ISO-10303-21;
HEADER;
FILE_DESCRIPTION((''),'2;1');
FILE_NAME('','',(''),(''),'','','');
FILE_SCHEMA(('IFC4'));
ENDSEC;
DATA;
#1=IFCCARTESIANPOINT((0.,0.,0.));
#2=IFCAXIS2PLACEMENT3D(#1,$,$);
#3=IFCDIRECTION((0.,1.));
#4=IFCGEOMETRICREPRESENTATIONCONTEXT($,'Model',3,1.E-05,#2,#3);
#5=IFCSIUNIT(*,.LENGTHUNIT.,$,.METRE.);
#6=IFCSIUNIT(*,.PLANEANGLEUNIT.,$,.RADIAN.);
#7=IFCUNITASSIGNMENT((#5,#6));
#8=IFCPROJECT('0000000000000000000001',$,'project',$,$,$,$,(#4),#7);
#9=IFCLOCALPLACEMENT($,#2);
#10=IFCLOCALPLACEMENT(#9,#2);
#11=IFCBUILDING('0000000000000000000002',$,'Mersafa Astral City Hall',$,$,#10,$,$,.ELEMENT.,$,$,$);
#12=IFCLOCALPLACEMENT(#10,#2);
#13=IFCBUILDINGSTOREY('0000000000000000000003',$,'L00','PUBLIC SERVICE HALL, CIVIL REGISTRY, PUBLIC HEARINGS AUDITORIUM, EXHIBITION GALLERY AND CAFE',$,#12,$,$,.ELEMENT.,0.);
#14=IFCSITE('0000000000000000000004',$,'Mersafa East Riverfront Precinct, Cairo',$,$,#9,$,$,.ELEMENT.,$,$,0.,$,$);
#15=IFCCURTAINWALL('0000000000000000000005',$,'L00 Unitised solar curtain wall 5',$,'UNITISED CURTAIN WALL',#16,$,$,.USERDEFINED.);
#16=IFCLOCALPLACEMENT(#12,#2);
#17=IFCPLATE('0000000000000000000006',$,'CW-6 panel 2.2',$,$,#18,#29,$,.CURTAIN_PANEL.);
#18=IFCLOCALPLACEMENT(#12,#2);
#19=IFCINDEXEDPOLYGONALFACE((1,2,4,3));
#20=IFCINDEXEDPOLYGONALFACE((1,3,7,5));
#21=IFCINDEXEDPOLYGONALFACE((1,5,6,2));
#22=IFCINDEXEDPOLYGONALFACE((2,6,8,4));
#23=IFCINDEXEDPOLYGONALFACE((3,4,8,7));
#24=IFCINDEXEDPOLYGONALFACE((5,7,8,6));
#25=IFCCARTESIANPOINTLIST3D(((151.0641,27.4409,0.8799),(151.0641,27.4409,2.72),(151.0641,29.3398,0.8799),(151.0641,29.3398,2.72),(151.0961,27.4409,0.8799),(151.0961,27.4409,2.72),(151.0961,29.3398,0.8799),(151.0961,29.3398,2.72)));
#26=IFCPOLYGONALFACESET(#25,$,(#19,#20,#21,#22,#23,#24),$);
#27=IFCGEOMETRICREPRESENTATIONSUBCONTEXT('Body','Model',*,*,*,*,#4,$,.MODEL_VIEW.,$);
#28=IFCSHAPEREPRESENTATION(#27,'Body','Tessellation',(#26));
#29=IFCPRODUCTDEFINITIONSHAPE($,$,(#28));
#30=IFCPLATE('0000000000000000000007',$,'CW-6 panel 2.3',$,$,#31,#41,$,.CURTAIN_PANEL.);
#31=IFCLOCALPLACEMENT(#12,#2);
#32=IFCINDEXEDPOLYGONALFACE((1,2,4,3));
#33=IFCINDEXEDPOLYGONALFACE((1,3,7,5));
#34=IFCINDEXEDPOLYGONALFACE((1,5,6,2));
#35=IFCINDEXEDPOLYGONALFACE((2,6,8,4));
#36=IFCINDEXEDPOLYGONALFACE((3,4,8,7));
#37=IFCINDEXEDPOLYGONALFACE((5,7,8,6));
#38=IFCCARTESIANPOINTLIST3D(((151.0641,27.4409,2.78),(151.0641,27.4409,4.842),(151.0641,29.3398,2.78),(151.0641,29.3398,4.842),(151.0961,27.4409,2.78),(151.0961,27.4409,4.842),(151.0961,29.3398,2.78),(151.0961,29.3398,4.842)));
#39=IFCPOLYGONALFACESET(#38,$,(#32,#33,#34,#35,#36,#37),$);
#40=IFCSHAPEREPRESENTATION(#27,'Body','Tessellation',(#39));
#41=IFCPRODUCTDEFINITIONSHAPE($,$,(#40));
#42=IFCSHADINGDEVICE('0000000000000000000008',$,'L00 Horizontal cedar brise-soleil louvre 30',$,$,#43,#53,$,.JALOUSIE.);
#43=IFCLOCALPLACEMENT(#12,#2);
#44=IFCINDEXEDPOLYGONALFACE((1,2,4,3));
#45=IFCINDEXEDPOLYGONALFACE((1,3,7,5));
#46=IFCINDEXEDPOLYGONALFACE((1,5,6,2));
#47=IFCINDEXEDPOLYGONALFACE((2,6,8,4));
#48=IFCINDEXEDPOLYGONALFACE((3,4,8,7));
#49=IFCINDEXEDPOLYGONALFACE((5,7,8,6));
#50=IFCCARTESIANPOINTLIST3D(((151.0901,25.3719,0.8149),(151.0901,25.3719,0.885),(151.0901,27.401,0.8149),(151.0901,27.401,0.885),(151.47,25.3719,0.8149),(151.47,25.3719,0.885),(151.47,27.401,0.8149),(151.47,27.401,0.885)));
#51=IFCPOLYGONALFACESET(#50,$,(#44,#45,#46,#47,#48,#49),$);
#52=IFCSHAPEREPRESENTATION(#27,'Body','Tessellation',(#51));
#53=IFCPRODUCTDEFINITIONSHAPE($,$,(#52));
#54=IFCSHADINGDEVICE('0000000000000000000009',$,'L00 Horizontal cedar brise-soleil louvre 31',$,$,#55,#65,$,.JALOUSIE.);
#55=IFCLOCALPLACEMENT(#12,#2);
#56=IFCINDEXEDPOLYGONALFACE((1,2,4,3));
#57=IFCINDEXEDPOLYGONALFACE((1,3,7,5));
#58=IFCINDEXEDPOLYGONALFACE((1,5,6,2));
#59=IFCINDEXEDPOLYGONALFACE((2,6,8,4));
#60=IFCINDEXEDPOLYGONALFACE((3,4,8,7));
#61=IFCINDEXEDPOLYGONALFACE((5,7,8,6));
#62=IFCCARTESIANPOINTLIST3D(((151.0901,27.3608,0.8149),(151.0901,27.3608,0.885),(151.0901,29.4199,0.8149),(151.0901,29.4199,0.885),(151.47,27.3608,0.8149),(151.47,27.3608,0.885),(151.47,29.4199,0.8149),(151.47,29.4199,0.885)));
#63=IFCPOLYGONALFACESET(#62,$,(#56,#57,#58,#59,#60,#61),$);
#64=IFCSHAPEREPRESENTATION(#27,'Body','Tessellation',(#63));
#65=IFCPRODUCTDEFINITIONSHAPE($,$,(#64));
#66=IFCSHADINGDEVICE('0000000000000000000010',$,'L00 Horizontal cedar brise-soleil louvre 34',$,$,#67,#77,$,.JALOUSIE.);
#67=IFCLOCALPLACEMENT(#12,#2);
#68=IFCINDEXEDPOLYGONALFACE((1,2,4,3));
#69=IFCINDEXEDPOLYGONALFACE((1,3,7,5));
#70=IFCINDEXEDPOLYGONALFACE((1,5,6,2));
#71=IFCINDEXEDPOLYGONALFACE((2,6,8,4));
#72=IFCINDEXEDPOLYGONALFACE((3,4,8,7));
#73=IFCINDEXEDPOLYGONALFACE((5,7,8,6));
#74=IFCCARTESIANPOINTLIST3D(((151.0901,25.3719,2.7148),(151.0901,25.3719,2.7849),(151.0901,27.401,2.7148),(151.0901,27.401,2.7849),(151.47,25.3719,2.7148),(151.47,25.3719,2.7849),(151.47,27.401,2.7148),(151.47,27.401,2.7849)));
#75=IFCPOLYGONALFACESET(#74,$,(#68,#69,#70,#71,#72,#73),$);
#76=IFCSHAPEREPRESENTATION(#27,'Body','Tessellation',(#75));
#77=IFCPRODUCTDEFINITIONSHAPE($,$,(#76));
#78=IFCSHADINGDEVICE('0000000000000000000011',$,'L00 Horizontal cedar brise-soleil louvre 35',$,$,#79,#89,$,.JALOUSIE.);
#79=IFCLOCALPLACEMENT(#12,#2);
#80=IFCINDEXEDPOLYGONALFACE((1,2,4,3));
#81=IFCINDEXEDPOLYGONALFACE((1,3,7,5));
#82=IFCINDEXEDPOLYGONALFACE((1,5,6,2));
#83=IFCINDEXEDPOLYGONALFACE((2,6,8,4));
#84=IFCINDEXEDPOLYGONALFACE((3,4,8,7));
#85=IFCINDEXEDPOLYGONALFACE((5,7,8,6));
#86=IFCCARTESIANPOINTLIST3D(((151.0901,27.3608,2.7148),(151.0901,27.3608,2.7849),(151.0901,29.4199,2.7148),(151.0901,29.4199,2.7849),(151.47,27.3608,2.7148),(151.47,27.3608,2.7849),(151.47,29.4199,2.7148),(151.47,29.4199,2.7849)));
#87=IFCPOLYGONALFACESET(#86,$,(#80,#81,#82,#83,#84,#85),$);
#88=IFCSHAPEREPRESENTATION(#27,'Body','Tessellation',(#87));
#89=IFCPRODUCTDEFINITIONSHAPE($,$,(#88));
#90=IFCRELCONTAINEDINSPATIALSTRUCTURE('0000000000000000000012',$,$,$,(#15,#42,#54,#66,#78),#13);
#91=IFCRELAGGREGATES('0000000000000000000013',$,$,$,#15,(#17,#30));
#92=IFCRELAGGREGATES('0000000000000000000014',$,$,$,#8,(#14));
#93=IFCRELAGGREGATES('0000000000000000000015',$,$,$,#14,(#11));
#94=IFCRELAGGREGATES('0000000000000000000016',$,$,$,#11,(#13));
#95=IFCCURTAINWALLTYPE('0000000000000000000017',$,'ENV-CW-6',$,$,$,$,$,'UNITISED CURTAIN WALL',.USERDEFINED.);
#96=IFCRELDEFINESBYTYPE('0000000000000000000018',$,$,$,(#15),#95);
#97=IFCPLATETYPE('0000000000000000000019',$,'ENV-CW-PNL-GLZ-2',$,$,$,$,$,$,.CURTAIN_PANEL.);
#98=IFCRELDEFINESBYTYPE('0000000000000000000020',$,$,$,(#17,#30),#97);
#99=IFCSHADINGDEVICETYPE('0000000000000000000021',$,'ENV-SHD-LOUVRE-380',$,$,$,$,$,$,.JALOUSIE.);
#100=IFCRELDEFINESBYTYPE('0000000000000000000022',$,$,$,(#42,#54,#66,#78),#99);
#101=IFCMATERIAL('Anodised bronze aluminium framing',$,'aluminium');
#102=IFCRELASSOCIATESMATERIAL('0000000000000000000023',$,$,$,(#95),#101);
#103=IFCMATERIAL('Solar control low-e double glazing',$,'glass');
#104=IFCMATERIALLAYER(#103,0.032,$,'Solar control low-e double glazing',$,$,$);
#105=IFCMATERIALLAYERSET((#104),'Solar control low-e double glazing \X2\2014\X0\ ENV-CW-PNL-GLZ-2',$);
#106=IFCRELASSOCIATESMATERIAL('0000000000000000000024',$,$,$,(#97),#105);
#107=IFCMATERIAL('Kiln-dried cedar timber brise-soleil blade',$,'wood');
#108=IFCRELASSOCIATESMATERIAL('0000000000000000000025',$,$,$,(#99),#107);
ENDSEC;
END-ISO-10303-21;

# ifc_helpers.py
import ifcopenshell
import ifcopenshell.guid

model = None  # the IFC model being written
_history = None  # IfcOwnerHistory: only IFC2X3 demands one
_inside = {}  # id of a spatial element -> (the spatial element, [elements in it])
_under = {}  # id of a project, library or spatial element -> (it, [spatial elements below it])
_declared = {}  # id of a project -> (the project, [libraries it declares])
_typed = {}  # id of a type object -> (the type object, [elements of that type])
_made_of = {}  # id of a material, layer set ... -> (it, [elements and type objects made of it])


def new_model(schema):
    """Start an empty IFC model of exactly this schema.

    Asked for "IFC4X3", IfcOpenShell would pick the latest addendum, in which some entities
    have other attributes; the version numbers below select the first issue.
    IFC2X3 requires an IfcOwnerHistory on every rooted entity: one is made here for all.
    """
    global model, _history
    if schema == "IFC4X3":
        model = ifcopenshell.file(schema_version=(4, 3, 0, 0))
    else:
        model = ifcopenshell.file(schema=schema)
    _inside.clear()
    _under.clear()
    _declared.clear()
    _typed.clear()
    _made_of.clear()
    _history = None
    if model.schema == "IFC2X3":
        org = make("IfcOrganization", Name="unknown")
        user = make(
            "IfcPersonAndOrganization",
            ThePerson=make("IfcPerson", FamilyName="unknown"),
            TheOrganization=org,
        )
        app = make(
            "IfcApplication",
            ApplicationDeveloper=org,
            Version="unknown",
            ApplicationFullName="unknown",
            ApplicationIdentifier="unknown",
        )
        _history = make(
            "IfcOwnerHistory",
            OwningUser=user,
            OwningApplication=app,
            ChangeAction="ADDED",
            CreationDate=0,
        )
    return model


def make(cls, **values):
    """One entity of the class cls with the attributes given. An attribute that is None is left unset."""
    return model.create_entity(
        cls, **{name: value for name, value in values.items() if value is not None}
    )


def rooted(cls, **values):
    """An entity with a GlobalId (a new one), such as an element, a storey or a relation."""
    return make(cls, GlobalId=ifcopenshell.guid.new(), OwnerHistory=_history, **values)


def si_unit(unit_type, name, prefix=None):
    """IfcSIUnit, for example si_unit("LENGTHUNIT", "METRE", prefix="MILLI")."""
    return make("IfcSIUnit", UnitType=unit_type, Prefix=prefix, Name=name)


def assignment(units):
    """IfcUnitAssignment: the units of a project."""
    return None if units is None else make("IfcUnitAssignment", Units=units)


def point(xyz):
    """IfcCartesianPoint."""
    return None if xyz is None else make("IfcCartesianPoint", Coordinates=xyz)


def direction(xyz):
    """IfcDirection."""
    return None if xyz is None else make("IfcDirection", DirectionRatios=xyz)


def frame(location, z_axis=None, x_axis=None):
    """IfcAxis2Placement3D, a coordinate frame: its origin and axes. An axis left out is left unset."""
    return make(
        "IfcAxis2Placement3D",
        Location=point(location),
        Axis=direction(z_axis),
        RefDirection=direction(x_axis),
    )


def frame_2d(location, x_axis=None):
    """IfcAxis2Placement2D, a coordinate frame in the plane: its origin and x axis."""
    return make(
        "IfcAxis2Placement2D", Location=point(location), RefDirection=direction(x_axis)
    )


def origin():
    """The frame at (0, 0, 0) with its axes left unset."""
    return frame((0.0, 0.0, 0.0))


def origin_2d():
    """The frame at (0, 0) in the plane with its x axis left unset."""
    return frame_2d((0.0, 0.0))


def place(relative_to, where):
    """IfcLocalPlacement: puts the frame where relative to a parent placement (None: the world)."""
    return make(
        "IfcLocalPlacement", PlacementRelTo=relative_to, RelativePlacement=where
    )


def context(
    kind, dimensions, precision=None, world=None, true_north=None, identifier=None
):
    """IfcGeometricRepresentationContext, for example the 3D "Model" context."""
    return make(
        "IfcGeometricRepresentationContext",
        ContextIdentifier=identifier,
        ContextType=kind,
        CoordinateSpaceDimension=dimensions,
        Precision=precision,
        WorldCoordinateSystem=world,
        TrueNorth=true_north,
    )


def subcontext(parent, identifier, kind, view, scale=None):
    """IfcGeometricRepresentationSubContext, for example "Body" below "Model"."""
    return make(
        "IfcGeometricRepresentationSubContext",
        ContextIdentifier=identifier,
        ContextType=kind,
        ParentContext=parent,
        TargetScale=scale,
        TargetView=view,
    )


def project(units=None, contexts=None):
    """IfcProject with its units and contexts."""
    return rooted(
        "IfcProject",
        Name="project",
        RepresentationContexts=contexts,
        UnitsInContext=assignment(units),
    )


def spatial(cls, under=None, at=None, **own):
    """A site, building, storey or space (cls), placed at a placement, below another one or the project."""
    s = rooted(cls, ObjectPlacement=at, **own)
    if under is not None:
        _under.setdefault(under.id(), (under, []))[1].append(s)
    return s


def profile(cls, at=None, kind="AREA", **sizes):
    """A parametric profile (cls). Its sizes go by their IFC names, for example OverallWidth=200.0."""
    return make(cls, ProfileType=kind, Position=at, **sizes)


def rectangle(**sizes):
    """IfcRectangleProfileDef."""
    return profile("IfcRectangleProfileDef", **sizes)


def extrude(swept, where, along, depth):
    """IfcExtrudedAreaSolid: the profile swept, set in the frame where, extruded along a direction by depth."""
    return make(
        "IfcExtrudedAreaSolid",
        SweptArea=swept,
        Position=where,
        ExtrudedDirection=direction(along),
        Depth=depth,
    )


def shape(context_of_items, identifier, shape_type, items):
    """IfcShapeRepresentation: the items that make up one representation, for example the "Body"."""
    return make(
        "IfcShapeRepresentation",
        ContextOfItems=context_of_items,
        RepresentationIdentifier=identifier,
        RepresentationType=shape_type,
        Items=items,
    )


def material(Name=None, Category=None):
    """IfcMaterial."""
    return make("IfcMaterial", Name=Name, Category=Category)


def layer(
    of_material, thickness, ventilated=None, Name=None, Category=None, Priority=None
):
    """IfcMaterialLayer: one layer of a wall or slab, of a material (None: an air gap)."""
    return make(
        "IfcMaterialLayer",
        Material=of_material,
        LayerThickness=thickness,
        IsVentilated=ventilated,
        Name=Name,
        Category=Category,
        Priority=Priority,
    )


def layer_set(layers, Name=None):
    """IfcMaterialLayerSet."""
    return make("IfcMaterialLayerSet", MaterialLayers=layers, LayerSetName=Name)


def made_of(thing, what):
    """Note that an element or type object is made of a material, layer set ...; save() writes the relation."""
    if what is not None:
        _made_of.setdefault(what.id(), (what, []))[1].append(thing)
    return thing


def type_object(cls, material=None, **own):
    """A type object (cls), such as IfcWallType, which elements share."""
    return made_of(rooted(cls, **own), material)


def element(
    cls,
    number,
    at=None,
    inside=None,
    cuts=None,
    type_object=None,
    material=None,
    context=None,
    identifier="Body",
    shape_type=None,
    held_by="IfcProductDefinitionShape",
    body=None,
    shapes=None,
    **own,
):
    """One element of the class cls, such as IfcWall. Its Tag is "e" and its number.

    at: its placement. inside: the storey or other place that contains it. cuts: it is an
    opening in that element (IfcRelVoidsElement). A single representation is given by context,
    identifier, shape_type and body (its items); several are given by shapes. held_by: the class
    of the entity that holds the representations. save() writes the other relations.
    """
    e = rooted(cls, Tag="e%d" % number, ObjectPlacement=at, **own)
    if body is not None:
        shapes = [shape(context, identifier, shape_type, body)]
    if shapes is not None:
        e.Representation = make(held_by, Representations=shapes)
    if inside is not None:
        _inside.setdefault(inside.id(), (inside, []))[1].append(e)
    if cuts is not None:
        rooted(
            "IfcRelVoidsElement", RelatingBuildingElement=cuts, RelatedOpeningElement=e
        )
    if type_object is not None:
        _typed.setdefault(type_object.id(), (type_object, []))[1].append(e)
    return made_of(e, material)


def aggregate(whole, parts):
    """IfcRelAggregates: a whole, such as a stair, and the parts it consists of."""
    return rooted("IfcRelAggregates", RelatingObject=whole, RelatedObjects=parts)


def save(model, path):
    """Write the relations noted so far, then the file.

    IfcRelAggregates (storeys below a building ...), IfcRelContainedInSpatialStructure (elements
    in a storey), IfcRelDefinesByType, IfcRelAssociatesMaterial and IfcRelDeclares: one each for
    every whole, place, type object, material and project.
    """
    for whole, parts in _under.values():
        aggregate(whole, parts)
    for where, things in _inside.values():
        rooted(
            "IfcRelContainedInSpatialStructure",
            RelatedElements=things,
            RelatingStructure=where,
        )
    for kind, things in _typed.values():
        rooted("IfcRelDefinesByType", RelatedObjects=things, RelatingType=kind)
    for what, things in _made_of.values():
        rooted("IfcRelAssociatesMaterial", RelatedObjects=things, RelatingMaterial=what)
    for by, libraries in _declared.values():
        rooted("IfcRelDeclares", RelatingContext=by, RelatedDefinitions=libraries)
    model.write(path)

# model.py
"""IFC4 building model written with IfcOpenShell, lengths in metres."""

from ifc_helpers import new_model, si_unit, direction, frame, origin, origin_2d, place, context, subcontext, project, spatial, rectangle, extrude, material, layer, layer_set, type_object, element, aggregate, save


model = new_model("IFC4")

# Units and contexts
model_context = context("Model", 3, precision=1e-05, world=origin(), true_north=direction((0.0, 1.0)))
body_context = subcontext(model_context, "Body", "Model", "MODEL_VIEW")
ifc_project = project(units=[si_unit("LENGTHUNIT", "METRE"), si_unit("PLANEANGLEUNIT", "RADIAN")], contexts=[model_context])

# Site, building, storey
site_placement = place(None, origin())
site = spatial("IfcSite", under=ifc_project, at=site_placement, Name="Mersafa East Riverfront Precinct, Cairo", CompositionType="ELEMENT", RefElevation=0.0)
building_placement = place(site_placement, origin())
building = spatial("IfcBuilding", under=site, at=building_placement, Name="Mersafa Astral City Hall", CompositionType="ELEMENT")
storey_placement = place(building_placement, origin())
storey = spatial("IfcBuildingStorey", under=building, at=storey_placement, Name="L00", Description="PUBLIC SERVICE HALL, CIVIL REGISTRY, PUBLIC HEARINGS AUDITORIUM, EXHIBITION GALLERY AND CAFE", CompositionType="ELEMENT", Elevation=0.0)

# Curtain wall
ifc_material_1 = material(Name="Anodised bronze aluminium framing", Category="aluminium")
curtain_wall_type = type_object("IfcCurtainWallType", Name="ENV-CW-6", ElementType="UNITISED CURTAIN WALL", PredefinedType="USERDEFINED", material=ifc_material_1)
curtain_wall_placement = place(storey_placement, origin())
curtain_wall = element("IfcCurtainWall", 1, at=curtain_wall_placement, inside=storey, type_object=curtain_wall_type, Name="L00 Unitised solar curtain wall 5", ObjectType="UNITISED CURTAIN WALL", PredefinedType="USERDEFINED")

# Plates
ifc_material_2 = material(Name="Solar control low-e double glazing", Category="glass")
ifc_layer = layer(ifc_material_2, 0.032, Name="Solar control low-e double glazing")
ifc_layer_set = layer_set([ifc_layer], Name="Solar control low-e double glazing — ENV-CW-PNL-GLZ-2")
plate_type = type_object("IfcPlateType", Name="ENV-CW-PNL-GLZ-2", PredefinedType="CURTAIN_PANEL", material=ifc_layer_set)
plate_1_placement = place(storey_placement, frame((151.0801, 28.3904, 0.8799), z_axis=(0.0, 0.0, 1.0), x_axis=(0.0, 1.0, 0.0)))
plate_1 = element("IfcPlate", 2, at=plate_1_placement, type_object=plate_type, Name="CW-6 panel 2.2", PredefinedType="CURTAIN_PANEL", context=body_context, shape_type="SweptSolid", body=[
    extrude(rectangle(XDim=1.8989, YDim=0.032, at=origin_2d()), origin(), (0.0, 0.0, 1.0), 1.8401),
])
plate_2_placement = place(storey_placement, frame((151.0801, 28.3904, 2.78), z_axis=(0.0, 0.0, 1.0), x_axis=(0.0, 1.0, 0.0)))
plate_2 = element("IfcPlate", 3, at=plate_2_placement, type_object=plate_type, Name="CW-6 panel 2.3", PredefinedType="CURTAIN_PANEL", context=body_context, shape_type="SweptSolid", body=[
    extrude(rectangle(XDim=1.8989, YDim=0.032, at=origin_2d()), origin(), (0.0, 0.0, 1.0), 2.062),
])
aggregate(curtain_wall, [plate_1, plate_2])

# Shading devices
ifc_material_3 = material(Name="Kiln-dried cedar timber brise-soleil blade", Category="wood")
shading_device_type = type_object("IfcShadingDeviceType", Name="ENV-SHD-LOUVRE-380", PredefinedType="JALOUSIE", material=ifc_material_3)
shading_device_1_placement = place(storey_placement, frame((151.28, 26.3865, 0.8149), z_axis=(0.0, 0.0, 1.0), x_axis=(0.0, 1.0, 0.0)))
element("IfcShadingDevice", 4, at=shading_device_1_placement, inside=storey, type_object=shading_device_type, Name="L00 Horizontal cedar brise-soleil louvre 30", PredefinedType="JALOUSIE", context=body_context, shape_type="SweptSolid", body=[
    extrude(rectangle(XDim=2.0291, YDim=0.3799, at=origin_2d()), origin(), (0.0, 0.0, 1.0), 0.0701),
])
shading_device_2_placement = place(storey_placement, frame((151.28, 28.3904, 0.8149), z_axis=(0.0, 0.0, 1.0), x_axis=(0.0, 1.0, 0.0)))
element("IfcShadingDevice", 5, at=shading_device_2_placement, inside=storey, type_object=shading_device_type, Name="L00 Horizontal cedar brise-soleil louvre 31", PredefinedType="JALOUSIE", context=body_context, shape_type="SweptSolid", body=[
    extrude(rectangle(XDim=2.0591, YDim=0.3799, at=origin_2d()), origin(), (0.0, 0.0, 1.0), 0.0701),
])
shading_device_3_placement = place(storey_placement, frame((151.28, 26.3865, 2.7148), z_axis=(0.0, 0.0, 1.0), x_axis=(0.0, 1.0, 0.0)))
element("IfcShadingDevice", 6, at=shading_device_3_placement, inside=storey, type_object=shading_device_type, Name="L00 Horizontal cedar brise-soleil louvre 34", PredefinedType="JALOUSIE", context=body_context, shape_type="SweptSolid", body=[
    extrude(rectangle(XDim=2.0291, YDim=0.3799, at=origin_2d()), origin(), (0.0, 0.0, 1.0), 0.0701),
])
shading_device_4_placement = place(storey_placement, frame((151.28, 28.3904, 2.7148), z_axis=(0.0, 0.0, 1.0), x_axis=(0.0, 1.0, 0.0)))
element("IfcShadingDevice", 7, at=shading_device_4_placement, inside=storey, type_object=shading_device_type, Name="L00 Horizontal cedar brise-soleil louvre 35", PredefinedType="JALOUSIE", context=body_context, shape_type="SweptSolid", body=[
    extrude(rectangle(XDim=2.0591, YDim=0.3799, at=origin_2d()), origin(), (0.0, 0.0, 1.0), 0.0701),
])

save(model, "model.ifc")
